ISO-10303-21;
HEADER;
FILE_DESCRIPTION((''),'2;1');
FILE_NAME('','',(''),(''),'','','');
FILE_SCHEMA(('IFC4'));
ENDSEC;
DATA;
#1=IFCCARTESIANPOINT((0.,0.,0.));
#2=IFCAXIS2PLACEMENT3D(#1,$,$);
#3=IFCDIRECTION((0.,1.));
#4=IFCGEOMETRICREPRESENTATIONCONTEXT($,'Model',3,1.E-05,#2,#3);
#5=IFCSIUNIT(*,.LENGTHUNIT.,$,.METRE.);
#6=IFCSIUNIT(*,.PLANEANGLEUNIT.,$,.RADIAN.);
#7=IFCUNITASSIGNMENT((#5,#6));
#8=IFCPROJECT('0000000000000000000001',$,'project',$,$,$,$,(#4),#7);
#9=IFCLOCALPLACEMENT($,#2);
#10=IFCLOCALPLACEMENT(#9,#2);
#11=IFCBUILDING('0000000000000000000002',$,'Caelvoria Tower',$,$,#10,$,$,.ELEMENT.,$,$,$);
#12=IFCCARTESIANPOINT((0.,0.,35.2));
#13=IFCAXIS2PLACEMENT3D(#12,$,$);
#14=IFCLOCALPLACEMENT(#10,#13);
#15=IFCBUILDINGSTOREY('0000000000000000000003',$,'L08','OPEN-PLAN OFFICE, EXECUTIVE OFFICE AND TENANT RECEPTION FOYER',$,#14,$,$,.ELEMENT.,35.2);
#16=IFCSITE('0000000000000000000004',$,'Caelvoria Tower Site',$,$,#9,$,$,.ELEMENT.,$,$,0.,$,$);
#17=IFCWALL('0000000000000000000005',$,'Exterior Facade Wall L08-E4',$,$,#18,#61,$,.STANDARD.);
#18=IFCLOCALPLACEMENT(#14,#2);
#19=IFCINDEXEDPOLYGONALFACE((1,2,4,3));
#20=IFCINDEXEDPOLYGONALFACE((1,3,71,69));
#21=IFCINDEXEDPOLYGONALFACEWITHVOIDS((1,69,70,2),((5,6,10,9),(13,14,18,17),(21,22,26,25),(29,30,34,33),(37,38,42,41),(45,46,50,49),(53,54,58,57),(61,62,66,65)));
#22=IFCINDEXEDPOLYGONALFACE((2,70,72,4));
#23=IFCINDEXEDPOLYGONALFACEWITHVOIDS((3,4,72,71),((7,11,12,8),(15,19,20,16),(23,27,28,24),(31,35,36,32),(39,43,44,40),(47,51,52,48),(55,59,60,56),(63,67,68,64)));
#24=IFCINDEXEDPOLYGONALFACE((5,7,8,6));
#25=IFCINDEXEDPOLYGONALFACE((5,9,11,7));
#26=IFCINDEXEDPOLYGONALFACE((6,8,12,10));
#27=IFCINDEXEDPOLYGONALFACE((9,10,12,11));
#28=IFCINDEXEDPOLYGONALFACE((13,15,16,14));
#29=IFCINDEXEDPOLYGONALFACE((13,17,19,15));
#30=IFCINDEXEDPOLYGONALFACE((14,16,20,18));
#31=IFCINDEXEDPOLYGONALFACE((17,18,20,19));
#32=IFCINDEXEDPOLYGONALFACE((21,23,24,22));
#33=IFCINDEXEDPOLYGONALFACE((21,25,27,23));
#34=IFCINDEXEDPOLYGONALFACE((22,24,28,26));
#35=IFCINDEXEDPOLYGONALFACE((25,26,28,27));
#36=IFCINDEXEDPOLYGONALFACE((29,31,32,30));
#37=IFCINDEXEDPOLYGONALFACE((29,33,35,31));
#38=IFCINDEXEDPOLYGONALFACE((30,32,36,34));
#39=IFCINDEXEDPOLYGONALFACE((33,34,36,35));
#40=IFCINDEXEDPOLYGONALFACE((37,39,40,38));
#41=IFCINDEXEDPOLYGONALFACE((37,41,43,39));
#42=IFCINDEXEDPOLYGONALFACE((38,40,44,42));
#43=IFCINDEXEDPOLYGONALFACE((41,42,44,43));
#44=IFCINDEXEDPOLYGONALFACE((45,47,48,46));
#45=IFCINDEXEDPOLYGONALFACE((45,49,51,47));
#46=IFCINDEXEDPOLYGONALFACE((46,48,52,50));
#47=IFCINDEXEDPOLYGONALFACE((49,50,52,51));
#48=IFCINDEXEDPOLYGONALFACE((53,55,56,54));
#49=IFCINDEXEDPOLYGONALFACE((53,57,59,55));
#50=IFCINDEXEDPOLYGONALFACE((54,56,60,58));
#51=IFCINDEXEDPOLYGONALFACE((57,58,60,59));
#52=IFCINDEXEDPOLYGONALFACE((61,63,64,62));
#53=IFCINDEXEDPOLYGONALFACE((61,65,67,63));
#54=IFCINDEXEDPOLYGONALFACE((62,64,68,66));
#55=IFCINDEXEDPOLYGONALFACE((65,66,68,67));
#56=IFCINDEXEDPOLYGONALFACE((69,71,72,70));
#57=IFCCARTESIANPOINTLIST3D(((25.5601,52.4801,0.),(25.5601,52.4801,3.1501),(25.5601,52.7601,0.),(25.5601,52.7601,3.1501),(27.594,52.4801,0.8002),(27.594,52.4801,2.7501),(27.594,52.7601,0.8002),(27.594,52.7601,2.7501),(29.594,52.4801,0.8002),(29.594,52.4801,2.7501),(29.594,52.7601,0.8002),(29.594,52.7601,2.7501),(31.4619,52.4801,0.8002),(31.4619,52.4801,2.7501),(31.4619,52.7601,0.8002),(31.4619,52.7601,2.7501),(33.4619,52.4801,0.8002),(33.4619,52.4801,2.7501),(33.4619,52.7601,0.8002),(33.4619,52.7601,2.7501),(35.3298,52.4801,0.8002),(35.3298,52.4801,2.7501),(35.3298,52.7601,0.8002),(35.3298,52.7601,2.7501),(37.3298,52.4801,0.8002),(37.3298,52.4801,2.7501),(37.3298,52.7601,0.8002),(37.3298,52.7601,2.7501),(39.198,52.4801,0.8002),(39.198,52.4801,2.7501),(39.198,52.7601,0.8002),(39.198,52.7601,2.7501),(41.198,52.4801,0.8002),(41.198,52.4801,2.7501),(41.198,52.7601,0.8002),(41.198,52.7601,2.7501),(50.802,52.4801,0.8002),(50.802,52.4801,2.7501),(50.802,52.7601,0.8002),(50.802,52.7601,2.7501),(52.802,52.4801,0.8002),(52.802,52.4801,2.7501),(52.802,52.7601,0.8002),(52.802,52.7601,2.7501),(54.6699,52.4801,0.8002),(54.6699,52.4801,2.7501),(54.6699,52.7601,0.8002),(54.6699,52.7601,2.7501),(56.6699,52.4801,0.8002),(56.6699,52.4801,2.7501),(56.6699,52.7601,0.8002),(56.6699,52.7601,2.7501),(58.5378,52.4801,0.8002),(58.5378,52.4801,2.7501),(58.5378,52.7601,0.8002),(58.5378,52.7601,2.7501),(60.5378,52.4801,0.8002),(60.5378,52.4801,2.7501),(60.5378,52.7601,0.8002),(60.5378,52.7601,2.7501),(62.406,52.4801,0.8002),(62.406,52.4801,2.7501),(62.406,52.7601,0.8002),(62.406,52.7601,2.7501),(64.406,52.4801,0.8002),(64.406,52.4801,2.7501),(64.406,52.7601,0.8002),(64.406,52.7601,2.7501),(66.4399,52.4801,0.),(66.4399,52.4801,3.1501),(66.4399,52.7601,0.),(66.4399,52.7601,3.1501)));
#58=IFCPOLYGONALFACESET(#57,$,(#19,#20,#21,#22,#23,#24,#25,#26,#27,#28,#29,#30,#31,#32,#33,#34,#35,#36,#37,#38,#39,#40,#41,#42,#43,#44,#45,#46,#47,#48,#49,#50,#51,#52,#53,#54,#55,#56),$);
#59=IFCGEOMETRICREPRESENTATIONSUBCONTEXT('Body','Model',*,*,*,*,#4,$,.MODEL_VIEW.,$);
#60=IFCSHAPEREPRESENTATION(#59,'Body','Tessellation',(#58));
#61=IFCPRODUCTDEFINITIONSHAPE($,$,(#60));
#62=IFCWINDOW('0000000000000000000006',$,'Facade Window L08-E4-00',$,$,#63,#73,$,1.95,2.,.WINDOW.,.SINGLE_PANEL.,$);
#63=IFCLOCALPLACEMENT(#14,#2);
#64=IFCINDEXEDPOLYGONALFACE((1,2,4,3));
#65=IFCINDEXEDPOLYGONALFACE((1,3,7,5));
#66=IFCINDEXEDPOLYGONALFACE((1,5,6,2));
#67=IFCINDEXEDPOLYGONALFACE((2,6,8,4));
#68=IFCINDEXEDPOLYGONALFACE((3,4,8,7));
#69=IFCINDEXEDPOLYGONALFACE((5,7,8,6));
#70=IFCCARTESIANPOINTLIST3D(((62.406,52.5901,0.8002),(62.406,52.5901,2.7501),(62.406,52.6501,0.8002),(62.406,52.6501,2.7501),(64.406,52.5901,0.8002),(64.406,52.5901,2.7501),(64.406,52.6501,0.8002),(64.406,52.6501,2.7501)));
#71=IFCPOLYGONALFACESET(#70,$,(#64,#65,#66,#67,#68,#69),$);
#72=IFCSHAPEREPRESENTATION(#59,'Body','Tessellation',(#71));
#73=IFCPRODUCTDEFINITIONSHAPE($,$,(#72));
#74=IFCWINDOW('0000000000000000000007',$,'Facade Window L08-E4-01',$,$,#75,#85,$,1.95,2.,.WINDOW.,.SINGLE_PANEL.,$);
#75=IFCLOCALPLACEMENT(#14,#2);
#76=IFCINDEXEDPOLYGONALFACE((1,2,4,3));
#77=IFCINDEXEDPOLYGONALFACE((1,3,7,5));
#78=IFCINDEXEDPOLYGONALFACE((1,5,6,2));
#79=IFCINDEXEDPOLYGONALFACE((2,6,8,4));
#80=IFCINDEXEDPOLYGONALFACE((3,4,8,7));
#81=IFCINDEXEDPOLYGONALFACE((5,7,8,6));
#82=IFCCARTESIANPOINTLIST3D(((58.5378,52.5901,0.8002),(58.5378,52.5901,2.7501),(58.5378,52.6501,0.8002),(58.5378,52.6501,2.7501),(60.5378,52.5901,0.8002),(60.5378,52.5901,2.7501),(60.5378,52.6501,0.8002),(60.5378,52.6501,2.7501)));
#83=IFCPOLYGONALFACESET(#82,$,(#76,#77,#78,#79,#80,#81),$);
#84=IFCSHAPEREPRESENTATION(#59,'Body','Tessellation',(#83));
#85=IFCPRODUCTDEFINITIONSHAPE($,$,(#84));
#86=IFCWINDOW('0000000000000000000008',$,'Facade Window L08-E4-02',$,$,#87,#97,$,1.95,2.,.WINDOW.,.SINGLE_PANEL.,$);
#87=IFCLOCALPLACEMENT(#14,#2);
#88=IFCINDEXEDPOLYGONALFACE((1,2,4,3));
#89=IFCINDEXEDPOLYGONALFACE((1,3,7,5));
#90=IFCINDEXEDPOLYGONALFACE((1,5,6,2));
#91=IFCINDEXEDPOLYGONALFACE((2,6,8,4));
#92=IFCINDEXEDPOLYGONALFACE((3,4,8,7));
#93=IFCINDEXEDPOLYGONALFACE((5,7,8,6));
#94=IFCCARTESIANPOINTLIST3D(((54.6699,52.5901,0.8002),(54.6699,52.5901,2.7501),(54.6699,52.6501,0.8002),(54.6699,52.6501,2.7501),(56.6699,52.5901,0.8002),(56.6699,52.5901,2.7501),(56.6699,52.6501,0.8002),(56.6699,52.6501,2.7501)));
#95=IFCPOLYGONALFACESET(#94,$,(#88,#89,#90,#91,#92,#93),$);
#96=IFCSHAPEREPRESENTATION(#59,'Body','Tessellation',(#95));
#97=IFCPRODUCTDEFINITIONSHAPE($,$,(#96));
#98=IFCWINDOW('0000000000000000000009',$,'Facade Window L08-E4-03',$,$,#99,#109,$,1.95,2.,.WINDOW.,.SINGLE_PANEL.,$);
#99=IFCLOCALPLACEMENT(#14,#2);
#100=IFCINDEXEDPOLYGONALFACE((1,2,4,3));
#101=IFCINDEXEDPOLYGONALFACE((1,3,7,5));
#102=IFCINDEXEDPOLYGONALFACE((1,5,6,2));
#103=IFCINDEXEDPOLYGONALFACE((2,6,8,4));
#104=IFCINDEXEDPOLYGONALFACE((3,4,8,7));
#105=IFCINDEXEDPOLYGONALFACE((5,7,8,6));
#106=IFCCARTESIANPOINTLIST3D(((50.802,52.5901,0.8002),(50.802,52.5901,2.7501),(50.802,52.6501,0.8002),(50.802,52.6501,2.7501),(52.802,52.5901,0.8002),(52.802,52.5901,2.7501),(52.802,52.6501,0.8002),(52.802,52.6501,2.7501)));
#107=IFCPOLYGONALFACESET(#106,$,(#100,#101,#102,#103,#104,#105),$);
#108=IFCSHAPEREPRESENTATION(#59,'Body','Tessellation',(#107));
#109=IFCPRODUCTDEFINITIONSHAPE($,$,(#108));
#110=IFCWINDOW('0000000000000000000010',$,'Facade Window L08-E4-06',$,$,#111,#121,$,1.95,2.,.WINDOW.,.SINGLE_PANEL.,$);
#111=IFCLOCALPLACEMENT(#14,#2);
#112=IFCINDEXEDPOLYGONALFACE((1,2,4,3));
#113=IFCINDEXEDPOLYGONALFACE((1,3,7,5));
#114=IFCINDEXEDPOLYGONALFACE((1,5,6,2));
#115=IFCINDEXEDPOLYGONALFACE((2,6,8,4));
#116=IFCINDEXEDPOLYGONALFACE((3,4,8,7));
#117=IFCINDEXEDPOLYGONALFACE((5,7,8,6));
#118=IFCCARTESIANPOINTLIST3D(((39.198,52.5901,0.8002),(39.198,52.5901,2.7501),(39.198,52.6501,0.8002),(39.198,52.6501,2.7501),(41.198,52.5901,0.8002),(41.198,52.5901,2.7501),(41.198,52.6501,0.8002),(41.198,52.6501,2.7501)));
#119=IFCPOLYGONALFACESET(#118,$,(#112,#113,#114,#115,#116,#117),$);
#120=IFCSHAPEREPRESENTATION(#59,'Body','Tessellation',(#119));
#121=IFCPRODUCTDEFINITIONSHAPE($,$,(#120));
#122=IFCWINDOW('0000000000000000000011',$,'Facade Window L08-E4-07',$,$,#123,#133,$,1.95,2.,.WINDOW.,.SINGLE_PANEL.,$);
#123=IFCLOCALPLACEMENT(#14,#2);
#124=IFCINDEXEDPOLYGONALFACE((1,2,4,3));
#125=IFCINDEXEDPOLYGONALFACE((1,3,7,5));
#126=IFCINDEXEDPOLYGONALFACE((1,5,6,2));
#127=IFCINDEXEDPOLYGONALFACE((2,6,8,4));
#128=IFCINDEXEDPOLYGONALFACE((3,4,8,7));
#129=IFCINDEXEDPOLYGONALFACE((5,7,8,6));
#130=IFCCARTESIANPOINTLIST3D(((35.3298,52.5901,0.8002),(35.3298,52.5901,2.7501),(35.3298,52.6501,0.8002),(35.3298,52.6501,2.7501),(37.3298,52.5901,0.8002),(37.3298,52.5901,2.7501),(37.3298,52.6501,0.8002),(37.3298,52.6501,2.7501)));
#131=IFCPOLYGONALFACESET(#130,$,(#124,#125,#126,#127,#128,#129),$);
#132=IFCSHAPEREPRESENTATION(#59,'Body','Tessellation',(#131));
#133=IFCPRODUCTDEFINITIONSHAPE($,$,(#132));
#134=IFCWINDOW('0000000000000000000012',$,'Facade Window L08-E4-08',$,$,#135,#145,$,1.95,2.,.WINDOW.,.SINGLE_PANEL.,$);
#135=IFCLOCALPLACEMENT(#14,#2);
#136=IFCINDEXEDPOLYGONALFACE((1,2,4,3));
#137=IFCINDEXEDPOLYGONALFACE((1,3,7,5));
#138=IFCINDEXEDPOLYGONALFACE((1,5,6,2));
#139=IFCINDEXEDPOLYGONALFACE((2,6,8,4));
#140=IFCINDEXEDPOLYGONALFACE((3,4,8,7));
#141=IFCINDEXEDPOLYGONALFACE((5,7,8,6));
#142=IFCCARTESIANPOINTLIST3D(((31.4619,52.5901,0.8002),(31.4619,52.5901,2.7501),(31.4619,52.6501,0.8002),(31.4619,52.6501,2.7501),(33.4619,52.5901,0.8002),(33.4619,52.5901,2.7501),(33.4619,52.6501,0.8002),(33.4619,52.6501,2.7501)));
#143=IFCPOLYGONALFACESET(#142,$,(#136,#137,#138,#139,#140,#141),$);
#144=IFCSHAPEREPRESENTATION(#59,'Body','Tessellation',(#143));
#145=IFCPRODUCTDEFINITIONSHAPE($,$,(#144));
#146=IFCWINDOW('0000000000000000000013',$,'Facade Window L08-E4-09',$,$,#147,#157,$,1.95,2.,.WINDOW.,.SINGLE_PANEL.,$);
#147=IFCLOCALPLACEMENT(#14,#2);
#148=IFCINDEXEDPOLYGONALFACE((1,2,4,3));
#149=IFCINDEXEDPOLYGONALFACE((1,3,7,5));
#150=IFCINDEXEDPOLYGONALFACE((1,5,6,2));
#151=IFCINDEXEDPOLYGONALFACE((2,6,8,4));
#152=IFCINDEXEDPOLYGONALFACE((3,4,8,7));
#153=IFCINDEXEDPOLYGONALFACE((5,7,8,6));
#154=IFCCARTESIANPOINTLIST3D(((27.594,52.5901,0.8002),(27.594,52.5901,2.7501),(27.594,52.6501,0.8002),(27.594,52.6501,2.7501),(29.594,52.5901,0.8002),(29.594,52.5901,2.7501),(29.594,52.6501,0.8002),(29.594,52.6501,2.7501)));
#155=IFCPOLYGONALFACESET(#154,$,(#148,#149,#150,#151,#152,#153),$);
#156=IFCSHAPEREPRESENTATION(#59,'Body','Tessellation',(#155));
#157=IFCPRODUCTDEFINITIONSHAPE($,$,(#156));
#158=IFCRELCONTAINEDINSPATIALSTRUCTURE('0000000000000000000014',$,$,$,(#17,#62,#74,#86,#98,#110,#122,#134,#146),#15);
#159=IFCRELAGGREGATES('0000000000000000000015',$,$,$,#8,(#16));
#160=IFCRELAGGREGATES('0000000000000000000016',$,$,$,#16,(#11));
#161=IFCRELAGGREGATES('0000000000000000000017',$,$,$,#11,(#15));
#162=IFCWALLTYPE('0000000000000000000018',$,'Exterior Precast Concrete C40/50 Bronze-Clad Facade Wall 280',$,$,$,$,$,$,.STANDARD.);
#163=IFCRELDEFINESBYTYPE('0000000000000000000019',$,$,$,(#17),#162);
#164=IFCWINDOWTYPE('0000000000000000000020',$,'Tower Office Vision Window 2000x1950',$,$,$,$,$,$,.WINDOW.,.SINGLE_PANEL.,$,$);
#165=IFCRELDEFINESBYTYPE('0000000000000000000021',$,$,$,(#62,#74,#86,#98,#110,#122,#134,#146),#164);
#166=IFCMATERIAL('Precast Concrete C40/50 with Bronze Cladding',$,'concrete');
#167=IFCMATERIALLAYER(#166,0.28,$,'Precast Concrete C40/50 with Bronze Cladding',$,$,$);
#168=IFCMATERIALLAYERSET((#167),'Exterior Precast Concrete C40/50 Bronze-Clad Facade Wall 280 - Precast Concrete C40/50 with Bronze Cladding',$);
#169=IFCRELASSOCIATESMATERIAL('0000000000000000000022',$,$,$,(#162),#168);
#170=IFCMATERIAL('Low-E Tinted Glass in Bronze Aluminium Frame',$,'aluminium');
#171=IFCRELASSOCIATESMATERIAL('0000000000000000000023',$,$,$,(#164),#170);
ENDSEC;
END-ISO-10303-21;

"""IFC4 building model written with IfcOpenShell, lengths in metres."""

from ifc_helpers import new_model, si_unit, direction, frame, frame_2d, origin, place, context, subcontext, project, spatial, rectangle, extrude, material, layer, layer_set, type_object, element, fill, save


model = new_model("IFC4")

# Units and contexts
model_context = context("Model", 3, precision=1e-05, world=origin(), true_north=direction((0.0, 1.0)))
body_context = subcontext(model_context, "Body", "Model", "MODEL_VIEW")
ifc_project = project(units=[si_unit("LENGTHUNIT", "METRE"), si_unit("PLANEANGLEUNIT", "RADIAN")], contexts=[model_context])

# Site, building, storey
site_placement = place(None, origin())
site = spatial("IfcSite", under=ifc_project, at=site_placement, Name="Caelvoria Tower Site", CompositionType="ELEMENT", RefElevation=0.0)
building_placement = place(site_placement, origin())
building = spatial("IfcBuilding", under=site, at=building_placement, Name="Caelvoria Tower", CompositionType="ELEMENT")
storey_placement = place(building_placement, frame((0.0, 0.0, 35.2)))
storey = spatial("IfcBuildingStorey", under=building, at=storey_placement, Name="L08", Description="OPEN-PLAN OFFICE, EXECUTIVE OFFICE AND TENANT RECEPTION FOYER", CompositionType="ELEMENT", Elevation=35.2)

# Wall, openings, windows
ifc_material_1 = material(Name="Precast Concrete C40/50 with Bronze Cladding", Category="concrete")
ifc_layer_1 = layer(ifc_material_1, 0.28, Name="Precast Concrete C40/50 with Bronze Cladding")
ifc_layer_set_1 = layer_set([ifc_layer_1], Name="Exterior Precast Concrete C40/50 Bronze-Clad Facade Wall 280 - Precast Concrete C40/50 with Bronze Cladding")
wall_type = type_object("IfcWallType", Name="Exterior Precast Concrete C40/50 Bronze-Clad Facade Wall 280", PredefinedType="STANDARD", material=ifc_layer_set_1)
wall_placement = place(storey_placement, frame((66.4399, 52.6201, 0.0), z_axis=(0.0, 0.0, 1.0), x_axis=(-1.0, 0.0, 0.0)))
wall = element("IfcWall", 1, at=wall_placement, inside=storey, type_object=wall_type, Name="Exterior Facade Wall L08-E4", PredefinedType="STANDARD", context=body_context, shape_type="SweptSolid", body=[
    extrude(rectangle(XDim=40.8799, YDim=0.28, at=frame_2d((20.4399, 0.0))), origin(), (0.0, 0.0, 1.0), 3.1501),
])
opening_1_placement = place(wall_placement, frame((2.0339, 0.0, 0.8)))
opening_1 = element("IfcOpeningElement", 2, at=opening_1_placement, cuts=wall, PredefinedType="OPENING", context=body_context, shape_type="SweptSolid", body=[
    extrude(rectangle(XDim=2.0, YDim=1.95, at=frame_2d((1.0, 0.9751))), frame((0.0, 0.1499, 0.0), z_axis=(0.0, -1.0, 0.0), x_axis=(1.0, 0.0, 0.0)), (0.0, 0.0, 1.0), 0.3),
])
opening_2_placement = place(wall_placement, frame((5.9021, 0.0, 0.8)))
opening_2 = element("IfcOpeningElement", 3, at=opening_2_placement, cuts=wall, PredefinedType="OPENING", context=body_context, shape_type="SweptSolid", body=[
    extrude(rectangle(XDim=2.0, YDim=1.95, at=frame_2d((1.0, 0.9751))), frame((0.0, 0.1499, 0.0), z_axis=(0.0, -1.0, 0.0), x_axis=(1.0, 0.0, 0.0)), (0.0, 0.0, 1.0), 0.3),
])
opening_3_placement = place(wall_placement, frame((9.77, 0.0, 0.8)))
opening_3 = element("IfcOpeningElement", 4, at=opening_3_placement, cuts=wall, PredefinedType="OPENING", context=body_context, shape_type="SweptSolid", body=[
    extrude(rectangle(XDim=2.0, YDim=1.95, at=frame_2d((1.0, 0.9751))), frame((0.0, 0.1499, 0.0), z_axis=(0.0, -1.0, 0.0), x_axis=(1.0, 0.0, 0.0)), (0.0, 0.0, 1.0), 0.3),
])
opening_4_placement = place(wall_placement, frame((13.6379, 0.0, 0.8)))
opening_4 = element("IfcOpeningElement", 5, at=opening_4_placement, cuts=wall, PredefinedType="OPENING", context=body_context, shape_type="SweptSolid", body=[
    extrude(rectangle(XDim=2.0, YDim=1.95, at=frame_2d((1.0, 0.9751))), frame((0.0, 0.1499, 0.0), z_axis=(0.0, -1.0, 0.0), x_axis=(1.0, 0.0, 0.0)), (0.0, 0.0, 1.0), 0.3),
])
opening_5_placement = place(wall_placement, frame((25.2419, 0.0, 0.8)))
opening_5 = element("IfcOpeningElement", 6, at=opening_5_placement, cuts=wall, PredefinedType="OPENING", context=body_context, shape_type="SweptSolid", body=[
    extrude(rectangle(XDim=2.0, YDim=1.95, at=frame_2d((1.0, 0.9751))), frame((0.0, 0.1499, 0.0), z_axis=(0.0, -1.0, 0.0), x_axis=(1.0, 0.0, 0.0)), (0.0, 0.0, 1.0), 0.3),
])
opening_6_placement = place(wall_placement, frame((29.1101, 0.0, 0.8)))
opening_6 = element("IfcOpeningElement", 7, at=opening_6_placement, cuts=wall, PredefinedType="OPENING", context=body_context, shape_type="SweptSolid", body=[
    extrude(rectangle(XDim=2.0, YDim=1.95, at=frame_2d((1.0, 0.9751))), frame((0.0, 0.1499, 0.0), z_axis=(0.0, -1.0, 0.0), x_axis=(1.0, 0.0, 0.0)), (0.0, 0.0, 1.0), 0.3),
])
opening_7_placement = place(wall_placement, frame((32.978, 0.0, 0.8)))
opening_7 = element("IfcOpeningElement", 8, at=opening_7_placement, cuts=wall, PredefinedType="OPENING", context=body_context, shape_type="SweptSolid", body=[
    extrude(rectangle(XDim=2.0, YDim=1.95, at=frame_2d((1.0, 0.9751))), frame((0.0, 0.1499, 0.0), z_axis=(0.0, -1.0, 0.0), x_axis=(1.0, 0.0, 0.0)), (0.0, 0.0, 1.0), 0.3),
])
opening_8_placement = place(wall_placement, frame((36.8459, 0.0, 0.8)))
opening_8 = element("IfcOpeningElement", 9, at=opening_8_placement, cuts=wall, PredefinedType="OPENING", context=body_context, shape_type="SweptSolid", body=[
    extrude(rectangle(XDim=2.0, YDim=1.95, at=frame_2d((1.0, 0.9751))), frame((0.0, 0.1499, 0.0), z_axis=(0.0, -1.0, 0.0), x_axis=(1.0, 0.0, 0.0)), (0.0, 0.0, 1.0), 0.3),
])
ifc_material_2 = material(Name="Low-E Tinted Glass in Bronze Aluminium Frame", Category="aluminium")
window_type = type_object("IfcWindowType", Name="Tower Office Vision Window 2000x1950", PartitioningType="SINGLE_PANEL", PredefinedType="WINDOW", material=ifc_material_2)
window_1_placement = place(opening_1_placement, origin())
window_1 = element("IfcWindow", 10, at=window_1_placement, inside=storey, type_object=window_type, Name="Facade Window L08-E4-00", OverallHeight=1.95, OverallWidth=2.0, PartitioningType="SINGLE_PANEL", PredefinedType="WINDOW", context=body_context, shape_type="SweptSolid", body=[
    extrude(rectangle(XDim=2.0, YDim=1.95, at=frame_2d((1.0, 0.9751))), frame((0.0, 0.03, 0.0), z_axis=(0.0, -1.0, 0.0), x_axis=(1.0, 0.0, 0.0)), (0.0, 0.0, 1.0), 0.0601),
])
fill(opening_1, window_1)
window_2_placement = place(opening_2_placement, origin())
window_2 = element("IfcWindow", 11, at=window_2_placement, inside=storey, type_object=window_type, Name="Facade Window L08-E4-01", OverallHeight=1.95, OverallWidth=2.0, PartitioningType="SINGLE_PANEL", PredefinedType="WINDOW", context=body_context, shape_type="SweptSolid", body=[
    extrude(rectangle(XDim=2.0, YDim=1.95, at=frame_2d((1.0, 0.9751))), frame((0.0, 0.03, 0.0), z_axis=(0.0, -1.0, 0.0), x_axis=(1.0, 0.0, 0.0)), (0.0, 0.0, 1.0), 0.0601),
])
fill(opening_2, window_2)
window_3_placement = place(opening_3_placement, origin())
window_3 = element("IfcWindow", 12, at=window_3_placement, inside=storey, type_object=window_type, Name="Facade Window L08-E4-02", OverallHeight=1.95, OverallWidth=2.0, PartitioningType="SINGLE_PANEL", PredefinedType="WINDOW", context=body_context, shape_type="SweptSolid", body=[
    extrude(rectangle(XDim=2.0, YDim=1.95, at=frame_2d((1.0, 0.9751))), frame((0.0, 0.03, 0.0), z_axis=(0.0, -1.0, 0.0), x_axis=(1.0, 0.0, 0.0)), (0.0, 0.0, 1.0), 0.0601),
])
fill(opening_3, window_3)
window_4_placement = place(opening_4_placement, origin())
window_4 = element("IfcWindow", 13, at=window_4_placement, inside=storey, type_object=window_type, Name="Facade Window L08-E4-03", OverallHeight=1.95, OverallWidth=2.0, PartitioningType="SINGLE_PANEL", PredefinedType="WINDOW", context=body_context, shape_type="SweptSolid", body=[
    extrude(rectangle(XDim=2.0, YDim=1.95, at=frame_2d((1.0, 0.9751))), frame((0.0, 0.03, 0.0), z_axis=(0.0, -1.0, 0.0), x_axis=(1.0, 0.0, 0.0)), (0.0, 0.0, 1.0), 0.0601),
])
fill(opening_4, window_4)
window_5_placement = place(opening_5_placement, origin())
window_5 = element("IfcWindow", 14, at=window_5_placement, inside=storey, type_object=window_type, Name="Facade Window L08-E4-06", OverallHeight=1.95, OverallWidth=2.0, PartitioningType="SINGLE_PANEL", PredefinedType="WINDOW", context=body_context, shape_type="SweptSolid", body=[
    extrude(rectangle(XDim=2.0, YDim=1.95, at=frame_2d((1.0, 0.9751))), frame((0.0, 0.03, 0.0), z_axis=(0.0, -1.0, 0.0), x_axis=(1.0, 0.0, 0.0)), (0.0, 0.0, 1.0), 0.0601),
])
fill(opening_5, window_5)
window_6_placement = place(opening_6_placement, origin())
window_6 = element("IfcWindow", 15, at=window_6_placement, inside=storey, type_object=window_type, Name="Facade Window L08-E4-07", OverallHeight=1.95, OverallWidth=2.0, PartitioningType="SINGLE_PANEL", PredefinedType="WINDOW", context=body_context, shape_type="SweptSolid", body=[
    extrude(rectangle(XDim=2.0, YDim=1.95, at=frame_2d((1.0, 0.9751))), frame((0.0, 0.03, 0.0), z_axis=(0.0, -1.0, 0.0), x_axis=(1.0, 0.0, 0.0)), (0.0, 0.0, 1.0), 0.0601),
])
fill(opening_6, window_6)
window_7_placement = place(opening_7_placement, origin())
window_7 = element("IfcWindow", 16, at=window_7_placement, inside=storey, type_object=window_type, Name="Facade Window L08-E4-08", OverallHeight=1.95, OverallWidth=2.0, PartitioningType="SINGLE_PANEL", PredefinedType="WINDOW", context=body_context, shape_type="SweptSolid", body=[
    extrude(rectangle(XDim=2.0, YDim=1.95, at=frame_2d((1.0, 0.9751))), frame((0.0, 0.03, 0.0), z_axis=(0.0, -1.0, 0.0), x_axis=(1.0, 0.0, 0.0)), (0.0, 0.0, 1.0), 0.0601),
])
fill(opening_7, window_7)
window_8_placement = place(opening_8_placement, origin())
window_8 = element("IfcWindow", 17, at=window_8_placement, inside=storey, type_object=window_type, Name="Facade Window L08-E4-09", OverallHeight=1.95, OverallWidth=2.0, PartitioningType="SINGLE_PANEL", PredefinedType="WINDOW", context=body_context, shape_type="SweptSolid", body=[
    extrude(rectangle(XDim=2.0, YDim=1.95, at=frame_2d((1.0, 0.9751))), frame((0.0, 0.03, 0.0), z_axis=(0.0, -1.0, 0.0), x_axis=(1.0, 0.0, 0.0)), (0.0, 0.0, 1.0), 0.0601),
])
fill(opening_8, window_8)

save(model, "model.ifc")
